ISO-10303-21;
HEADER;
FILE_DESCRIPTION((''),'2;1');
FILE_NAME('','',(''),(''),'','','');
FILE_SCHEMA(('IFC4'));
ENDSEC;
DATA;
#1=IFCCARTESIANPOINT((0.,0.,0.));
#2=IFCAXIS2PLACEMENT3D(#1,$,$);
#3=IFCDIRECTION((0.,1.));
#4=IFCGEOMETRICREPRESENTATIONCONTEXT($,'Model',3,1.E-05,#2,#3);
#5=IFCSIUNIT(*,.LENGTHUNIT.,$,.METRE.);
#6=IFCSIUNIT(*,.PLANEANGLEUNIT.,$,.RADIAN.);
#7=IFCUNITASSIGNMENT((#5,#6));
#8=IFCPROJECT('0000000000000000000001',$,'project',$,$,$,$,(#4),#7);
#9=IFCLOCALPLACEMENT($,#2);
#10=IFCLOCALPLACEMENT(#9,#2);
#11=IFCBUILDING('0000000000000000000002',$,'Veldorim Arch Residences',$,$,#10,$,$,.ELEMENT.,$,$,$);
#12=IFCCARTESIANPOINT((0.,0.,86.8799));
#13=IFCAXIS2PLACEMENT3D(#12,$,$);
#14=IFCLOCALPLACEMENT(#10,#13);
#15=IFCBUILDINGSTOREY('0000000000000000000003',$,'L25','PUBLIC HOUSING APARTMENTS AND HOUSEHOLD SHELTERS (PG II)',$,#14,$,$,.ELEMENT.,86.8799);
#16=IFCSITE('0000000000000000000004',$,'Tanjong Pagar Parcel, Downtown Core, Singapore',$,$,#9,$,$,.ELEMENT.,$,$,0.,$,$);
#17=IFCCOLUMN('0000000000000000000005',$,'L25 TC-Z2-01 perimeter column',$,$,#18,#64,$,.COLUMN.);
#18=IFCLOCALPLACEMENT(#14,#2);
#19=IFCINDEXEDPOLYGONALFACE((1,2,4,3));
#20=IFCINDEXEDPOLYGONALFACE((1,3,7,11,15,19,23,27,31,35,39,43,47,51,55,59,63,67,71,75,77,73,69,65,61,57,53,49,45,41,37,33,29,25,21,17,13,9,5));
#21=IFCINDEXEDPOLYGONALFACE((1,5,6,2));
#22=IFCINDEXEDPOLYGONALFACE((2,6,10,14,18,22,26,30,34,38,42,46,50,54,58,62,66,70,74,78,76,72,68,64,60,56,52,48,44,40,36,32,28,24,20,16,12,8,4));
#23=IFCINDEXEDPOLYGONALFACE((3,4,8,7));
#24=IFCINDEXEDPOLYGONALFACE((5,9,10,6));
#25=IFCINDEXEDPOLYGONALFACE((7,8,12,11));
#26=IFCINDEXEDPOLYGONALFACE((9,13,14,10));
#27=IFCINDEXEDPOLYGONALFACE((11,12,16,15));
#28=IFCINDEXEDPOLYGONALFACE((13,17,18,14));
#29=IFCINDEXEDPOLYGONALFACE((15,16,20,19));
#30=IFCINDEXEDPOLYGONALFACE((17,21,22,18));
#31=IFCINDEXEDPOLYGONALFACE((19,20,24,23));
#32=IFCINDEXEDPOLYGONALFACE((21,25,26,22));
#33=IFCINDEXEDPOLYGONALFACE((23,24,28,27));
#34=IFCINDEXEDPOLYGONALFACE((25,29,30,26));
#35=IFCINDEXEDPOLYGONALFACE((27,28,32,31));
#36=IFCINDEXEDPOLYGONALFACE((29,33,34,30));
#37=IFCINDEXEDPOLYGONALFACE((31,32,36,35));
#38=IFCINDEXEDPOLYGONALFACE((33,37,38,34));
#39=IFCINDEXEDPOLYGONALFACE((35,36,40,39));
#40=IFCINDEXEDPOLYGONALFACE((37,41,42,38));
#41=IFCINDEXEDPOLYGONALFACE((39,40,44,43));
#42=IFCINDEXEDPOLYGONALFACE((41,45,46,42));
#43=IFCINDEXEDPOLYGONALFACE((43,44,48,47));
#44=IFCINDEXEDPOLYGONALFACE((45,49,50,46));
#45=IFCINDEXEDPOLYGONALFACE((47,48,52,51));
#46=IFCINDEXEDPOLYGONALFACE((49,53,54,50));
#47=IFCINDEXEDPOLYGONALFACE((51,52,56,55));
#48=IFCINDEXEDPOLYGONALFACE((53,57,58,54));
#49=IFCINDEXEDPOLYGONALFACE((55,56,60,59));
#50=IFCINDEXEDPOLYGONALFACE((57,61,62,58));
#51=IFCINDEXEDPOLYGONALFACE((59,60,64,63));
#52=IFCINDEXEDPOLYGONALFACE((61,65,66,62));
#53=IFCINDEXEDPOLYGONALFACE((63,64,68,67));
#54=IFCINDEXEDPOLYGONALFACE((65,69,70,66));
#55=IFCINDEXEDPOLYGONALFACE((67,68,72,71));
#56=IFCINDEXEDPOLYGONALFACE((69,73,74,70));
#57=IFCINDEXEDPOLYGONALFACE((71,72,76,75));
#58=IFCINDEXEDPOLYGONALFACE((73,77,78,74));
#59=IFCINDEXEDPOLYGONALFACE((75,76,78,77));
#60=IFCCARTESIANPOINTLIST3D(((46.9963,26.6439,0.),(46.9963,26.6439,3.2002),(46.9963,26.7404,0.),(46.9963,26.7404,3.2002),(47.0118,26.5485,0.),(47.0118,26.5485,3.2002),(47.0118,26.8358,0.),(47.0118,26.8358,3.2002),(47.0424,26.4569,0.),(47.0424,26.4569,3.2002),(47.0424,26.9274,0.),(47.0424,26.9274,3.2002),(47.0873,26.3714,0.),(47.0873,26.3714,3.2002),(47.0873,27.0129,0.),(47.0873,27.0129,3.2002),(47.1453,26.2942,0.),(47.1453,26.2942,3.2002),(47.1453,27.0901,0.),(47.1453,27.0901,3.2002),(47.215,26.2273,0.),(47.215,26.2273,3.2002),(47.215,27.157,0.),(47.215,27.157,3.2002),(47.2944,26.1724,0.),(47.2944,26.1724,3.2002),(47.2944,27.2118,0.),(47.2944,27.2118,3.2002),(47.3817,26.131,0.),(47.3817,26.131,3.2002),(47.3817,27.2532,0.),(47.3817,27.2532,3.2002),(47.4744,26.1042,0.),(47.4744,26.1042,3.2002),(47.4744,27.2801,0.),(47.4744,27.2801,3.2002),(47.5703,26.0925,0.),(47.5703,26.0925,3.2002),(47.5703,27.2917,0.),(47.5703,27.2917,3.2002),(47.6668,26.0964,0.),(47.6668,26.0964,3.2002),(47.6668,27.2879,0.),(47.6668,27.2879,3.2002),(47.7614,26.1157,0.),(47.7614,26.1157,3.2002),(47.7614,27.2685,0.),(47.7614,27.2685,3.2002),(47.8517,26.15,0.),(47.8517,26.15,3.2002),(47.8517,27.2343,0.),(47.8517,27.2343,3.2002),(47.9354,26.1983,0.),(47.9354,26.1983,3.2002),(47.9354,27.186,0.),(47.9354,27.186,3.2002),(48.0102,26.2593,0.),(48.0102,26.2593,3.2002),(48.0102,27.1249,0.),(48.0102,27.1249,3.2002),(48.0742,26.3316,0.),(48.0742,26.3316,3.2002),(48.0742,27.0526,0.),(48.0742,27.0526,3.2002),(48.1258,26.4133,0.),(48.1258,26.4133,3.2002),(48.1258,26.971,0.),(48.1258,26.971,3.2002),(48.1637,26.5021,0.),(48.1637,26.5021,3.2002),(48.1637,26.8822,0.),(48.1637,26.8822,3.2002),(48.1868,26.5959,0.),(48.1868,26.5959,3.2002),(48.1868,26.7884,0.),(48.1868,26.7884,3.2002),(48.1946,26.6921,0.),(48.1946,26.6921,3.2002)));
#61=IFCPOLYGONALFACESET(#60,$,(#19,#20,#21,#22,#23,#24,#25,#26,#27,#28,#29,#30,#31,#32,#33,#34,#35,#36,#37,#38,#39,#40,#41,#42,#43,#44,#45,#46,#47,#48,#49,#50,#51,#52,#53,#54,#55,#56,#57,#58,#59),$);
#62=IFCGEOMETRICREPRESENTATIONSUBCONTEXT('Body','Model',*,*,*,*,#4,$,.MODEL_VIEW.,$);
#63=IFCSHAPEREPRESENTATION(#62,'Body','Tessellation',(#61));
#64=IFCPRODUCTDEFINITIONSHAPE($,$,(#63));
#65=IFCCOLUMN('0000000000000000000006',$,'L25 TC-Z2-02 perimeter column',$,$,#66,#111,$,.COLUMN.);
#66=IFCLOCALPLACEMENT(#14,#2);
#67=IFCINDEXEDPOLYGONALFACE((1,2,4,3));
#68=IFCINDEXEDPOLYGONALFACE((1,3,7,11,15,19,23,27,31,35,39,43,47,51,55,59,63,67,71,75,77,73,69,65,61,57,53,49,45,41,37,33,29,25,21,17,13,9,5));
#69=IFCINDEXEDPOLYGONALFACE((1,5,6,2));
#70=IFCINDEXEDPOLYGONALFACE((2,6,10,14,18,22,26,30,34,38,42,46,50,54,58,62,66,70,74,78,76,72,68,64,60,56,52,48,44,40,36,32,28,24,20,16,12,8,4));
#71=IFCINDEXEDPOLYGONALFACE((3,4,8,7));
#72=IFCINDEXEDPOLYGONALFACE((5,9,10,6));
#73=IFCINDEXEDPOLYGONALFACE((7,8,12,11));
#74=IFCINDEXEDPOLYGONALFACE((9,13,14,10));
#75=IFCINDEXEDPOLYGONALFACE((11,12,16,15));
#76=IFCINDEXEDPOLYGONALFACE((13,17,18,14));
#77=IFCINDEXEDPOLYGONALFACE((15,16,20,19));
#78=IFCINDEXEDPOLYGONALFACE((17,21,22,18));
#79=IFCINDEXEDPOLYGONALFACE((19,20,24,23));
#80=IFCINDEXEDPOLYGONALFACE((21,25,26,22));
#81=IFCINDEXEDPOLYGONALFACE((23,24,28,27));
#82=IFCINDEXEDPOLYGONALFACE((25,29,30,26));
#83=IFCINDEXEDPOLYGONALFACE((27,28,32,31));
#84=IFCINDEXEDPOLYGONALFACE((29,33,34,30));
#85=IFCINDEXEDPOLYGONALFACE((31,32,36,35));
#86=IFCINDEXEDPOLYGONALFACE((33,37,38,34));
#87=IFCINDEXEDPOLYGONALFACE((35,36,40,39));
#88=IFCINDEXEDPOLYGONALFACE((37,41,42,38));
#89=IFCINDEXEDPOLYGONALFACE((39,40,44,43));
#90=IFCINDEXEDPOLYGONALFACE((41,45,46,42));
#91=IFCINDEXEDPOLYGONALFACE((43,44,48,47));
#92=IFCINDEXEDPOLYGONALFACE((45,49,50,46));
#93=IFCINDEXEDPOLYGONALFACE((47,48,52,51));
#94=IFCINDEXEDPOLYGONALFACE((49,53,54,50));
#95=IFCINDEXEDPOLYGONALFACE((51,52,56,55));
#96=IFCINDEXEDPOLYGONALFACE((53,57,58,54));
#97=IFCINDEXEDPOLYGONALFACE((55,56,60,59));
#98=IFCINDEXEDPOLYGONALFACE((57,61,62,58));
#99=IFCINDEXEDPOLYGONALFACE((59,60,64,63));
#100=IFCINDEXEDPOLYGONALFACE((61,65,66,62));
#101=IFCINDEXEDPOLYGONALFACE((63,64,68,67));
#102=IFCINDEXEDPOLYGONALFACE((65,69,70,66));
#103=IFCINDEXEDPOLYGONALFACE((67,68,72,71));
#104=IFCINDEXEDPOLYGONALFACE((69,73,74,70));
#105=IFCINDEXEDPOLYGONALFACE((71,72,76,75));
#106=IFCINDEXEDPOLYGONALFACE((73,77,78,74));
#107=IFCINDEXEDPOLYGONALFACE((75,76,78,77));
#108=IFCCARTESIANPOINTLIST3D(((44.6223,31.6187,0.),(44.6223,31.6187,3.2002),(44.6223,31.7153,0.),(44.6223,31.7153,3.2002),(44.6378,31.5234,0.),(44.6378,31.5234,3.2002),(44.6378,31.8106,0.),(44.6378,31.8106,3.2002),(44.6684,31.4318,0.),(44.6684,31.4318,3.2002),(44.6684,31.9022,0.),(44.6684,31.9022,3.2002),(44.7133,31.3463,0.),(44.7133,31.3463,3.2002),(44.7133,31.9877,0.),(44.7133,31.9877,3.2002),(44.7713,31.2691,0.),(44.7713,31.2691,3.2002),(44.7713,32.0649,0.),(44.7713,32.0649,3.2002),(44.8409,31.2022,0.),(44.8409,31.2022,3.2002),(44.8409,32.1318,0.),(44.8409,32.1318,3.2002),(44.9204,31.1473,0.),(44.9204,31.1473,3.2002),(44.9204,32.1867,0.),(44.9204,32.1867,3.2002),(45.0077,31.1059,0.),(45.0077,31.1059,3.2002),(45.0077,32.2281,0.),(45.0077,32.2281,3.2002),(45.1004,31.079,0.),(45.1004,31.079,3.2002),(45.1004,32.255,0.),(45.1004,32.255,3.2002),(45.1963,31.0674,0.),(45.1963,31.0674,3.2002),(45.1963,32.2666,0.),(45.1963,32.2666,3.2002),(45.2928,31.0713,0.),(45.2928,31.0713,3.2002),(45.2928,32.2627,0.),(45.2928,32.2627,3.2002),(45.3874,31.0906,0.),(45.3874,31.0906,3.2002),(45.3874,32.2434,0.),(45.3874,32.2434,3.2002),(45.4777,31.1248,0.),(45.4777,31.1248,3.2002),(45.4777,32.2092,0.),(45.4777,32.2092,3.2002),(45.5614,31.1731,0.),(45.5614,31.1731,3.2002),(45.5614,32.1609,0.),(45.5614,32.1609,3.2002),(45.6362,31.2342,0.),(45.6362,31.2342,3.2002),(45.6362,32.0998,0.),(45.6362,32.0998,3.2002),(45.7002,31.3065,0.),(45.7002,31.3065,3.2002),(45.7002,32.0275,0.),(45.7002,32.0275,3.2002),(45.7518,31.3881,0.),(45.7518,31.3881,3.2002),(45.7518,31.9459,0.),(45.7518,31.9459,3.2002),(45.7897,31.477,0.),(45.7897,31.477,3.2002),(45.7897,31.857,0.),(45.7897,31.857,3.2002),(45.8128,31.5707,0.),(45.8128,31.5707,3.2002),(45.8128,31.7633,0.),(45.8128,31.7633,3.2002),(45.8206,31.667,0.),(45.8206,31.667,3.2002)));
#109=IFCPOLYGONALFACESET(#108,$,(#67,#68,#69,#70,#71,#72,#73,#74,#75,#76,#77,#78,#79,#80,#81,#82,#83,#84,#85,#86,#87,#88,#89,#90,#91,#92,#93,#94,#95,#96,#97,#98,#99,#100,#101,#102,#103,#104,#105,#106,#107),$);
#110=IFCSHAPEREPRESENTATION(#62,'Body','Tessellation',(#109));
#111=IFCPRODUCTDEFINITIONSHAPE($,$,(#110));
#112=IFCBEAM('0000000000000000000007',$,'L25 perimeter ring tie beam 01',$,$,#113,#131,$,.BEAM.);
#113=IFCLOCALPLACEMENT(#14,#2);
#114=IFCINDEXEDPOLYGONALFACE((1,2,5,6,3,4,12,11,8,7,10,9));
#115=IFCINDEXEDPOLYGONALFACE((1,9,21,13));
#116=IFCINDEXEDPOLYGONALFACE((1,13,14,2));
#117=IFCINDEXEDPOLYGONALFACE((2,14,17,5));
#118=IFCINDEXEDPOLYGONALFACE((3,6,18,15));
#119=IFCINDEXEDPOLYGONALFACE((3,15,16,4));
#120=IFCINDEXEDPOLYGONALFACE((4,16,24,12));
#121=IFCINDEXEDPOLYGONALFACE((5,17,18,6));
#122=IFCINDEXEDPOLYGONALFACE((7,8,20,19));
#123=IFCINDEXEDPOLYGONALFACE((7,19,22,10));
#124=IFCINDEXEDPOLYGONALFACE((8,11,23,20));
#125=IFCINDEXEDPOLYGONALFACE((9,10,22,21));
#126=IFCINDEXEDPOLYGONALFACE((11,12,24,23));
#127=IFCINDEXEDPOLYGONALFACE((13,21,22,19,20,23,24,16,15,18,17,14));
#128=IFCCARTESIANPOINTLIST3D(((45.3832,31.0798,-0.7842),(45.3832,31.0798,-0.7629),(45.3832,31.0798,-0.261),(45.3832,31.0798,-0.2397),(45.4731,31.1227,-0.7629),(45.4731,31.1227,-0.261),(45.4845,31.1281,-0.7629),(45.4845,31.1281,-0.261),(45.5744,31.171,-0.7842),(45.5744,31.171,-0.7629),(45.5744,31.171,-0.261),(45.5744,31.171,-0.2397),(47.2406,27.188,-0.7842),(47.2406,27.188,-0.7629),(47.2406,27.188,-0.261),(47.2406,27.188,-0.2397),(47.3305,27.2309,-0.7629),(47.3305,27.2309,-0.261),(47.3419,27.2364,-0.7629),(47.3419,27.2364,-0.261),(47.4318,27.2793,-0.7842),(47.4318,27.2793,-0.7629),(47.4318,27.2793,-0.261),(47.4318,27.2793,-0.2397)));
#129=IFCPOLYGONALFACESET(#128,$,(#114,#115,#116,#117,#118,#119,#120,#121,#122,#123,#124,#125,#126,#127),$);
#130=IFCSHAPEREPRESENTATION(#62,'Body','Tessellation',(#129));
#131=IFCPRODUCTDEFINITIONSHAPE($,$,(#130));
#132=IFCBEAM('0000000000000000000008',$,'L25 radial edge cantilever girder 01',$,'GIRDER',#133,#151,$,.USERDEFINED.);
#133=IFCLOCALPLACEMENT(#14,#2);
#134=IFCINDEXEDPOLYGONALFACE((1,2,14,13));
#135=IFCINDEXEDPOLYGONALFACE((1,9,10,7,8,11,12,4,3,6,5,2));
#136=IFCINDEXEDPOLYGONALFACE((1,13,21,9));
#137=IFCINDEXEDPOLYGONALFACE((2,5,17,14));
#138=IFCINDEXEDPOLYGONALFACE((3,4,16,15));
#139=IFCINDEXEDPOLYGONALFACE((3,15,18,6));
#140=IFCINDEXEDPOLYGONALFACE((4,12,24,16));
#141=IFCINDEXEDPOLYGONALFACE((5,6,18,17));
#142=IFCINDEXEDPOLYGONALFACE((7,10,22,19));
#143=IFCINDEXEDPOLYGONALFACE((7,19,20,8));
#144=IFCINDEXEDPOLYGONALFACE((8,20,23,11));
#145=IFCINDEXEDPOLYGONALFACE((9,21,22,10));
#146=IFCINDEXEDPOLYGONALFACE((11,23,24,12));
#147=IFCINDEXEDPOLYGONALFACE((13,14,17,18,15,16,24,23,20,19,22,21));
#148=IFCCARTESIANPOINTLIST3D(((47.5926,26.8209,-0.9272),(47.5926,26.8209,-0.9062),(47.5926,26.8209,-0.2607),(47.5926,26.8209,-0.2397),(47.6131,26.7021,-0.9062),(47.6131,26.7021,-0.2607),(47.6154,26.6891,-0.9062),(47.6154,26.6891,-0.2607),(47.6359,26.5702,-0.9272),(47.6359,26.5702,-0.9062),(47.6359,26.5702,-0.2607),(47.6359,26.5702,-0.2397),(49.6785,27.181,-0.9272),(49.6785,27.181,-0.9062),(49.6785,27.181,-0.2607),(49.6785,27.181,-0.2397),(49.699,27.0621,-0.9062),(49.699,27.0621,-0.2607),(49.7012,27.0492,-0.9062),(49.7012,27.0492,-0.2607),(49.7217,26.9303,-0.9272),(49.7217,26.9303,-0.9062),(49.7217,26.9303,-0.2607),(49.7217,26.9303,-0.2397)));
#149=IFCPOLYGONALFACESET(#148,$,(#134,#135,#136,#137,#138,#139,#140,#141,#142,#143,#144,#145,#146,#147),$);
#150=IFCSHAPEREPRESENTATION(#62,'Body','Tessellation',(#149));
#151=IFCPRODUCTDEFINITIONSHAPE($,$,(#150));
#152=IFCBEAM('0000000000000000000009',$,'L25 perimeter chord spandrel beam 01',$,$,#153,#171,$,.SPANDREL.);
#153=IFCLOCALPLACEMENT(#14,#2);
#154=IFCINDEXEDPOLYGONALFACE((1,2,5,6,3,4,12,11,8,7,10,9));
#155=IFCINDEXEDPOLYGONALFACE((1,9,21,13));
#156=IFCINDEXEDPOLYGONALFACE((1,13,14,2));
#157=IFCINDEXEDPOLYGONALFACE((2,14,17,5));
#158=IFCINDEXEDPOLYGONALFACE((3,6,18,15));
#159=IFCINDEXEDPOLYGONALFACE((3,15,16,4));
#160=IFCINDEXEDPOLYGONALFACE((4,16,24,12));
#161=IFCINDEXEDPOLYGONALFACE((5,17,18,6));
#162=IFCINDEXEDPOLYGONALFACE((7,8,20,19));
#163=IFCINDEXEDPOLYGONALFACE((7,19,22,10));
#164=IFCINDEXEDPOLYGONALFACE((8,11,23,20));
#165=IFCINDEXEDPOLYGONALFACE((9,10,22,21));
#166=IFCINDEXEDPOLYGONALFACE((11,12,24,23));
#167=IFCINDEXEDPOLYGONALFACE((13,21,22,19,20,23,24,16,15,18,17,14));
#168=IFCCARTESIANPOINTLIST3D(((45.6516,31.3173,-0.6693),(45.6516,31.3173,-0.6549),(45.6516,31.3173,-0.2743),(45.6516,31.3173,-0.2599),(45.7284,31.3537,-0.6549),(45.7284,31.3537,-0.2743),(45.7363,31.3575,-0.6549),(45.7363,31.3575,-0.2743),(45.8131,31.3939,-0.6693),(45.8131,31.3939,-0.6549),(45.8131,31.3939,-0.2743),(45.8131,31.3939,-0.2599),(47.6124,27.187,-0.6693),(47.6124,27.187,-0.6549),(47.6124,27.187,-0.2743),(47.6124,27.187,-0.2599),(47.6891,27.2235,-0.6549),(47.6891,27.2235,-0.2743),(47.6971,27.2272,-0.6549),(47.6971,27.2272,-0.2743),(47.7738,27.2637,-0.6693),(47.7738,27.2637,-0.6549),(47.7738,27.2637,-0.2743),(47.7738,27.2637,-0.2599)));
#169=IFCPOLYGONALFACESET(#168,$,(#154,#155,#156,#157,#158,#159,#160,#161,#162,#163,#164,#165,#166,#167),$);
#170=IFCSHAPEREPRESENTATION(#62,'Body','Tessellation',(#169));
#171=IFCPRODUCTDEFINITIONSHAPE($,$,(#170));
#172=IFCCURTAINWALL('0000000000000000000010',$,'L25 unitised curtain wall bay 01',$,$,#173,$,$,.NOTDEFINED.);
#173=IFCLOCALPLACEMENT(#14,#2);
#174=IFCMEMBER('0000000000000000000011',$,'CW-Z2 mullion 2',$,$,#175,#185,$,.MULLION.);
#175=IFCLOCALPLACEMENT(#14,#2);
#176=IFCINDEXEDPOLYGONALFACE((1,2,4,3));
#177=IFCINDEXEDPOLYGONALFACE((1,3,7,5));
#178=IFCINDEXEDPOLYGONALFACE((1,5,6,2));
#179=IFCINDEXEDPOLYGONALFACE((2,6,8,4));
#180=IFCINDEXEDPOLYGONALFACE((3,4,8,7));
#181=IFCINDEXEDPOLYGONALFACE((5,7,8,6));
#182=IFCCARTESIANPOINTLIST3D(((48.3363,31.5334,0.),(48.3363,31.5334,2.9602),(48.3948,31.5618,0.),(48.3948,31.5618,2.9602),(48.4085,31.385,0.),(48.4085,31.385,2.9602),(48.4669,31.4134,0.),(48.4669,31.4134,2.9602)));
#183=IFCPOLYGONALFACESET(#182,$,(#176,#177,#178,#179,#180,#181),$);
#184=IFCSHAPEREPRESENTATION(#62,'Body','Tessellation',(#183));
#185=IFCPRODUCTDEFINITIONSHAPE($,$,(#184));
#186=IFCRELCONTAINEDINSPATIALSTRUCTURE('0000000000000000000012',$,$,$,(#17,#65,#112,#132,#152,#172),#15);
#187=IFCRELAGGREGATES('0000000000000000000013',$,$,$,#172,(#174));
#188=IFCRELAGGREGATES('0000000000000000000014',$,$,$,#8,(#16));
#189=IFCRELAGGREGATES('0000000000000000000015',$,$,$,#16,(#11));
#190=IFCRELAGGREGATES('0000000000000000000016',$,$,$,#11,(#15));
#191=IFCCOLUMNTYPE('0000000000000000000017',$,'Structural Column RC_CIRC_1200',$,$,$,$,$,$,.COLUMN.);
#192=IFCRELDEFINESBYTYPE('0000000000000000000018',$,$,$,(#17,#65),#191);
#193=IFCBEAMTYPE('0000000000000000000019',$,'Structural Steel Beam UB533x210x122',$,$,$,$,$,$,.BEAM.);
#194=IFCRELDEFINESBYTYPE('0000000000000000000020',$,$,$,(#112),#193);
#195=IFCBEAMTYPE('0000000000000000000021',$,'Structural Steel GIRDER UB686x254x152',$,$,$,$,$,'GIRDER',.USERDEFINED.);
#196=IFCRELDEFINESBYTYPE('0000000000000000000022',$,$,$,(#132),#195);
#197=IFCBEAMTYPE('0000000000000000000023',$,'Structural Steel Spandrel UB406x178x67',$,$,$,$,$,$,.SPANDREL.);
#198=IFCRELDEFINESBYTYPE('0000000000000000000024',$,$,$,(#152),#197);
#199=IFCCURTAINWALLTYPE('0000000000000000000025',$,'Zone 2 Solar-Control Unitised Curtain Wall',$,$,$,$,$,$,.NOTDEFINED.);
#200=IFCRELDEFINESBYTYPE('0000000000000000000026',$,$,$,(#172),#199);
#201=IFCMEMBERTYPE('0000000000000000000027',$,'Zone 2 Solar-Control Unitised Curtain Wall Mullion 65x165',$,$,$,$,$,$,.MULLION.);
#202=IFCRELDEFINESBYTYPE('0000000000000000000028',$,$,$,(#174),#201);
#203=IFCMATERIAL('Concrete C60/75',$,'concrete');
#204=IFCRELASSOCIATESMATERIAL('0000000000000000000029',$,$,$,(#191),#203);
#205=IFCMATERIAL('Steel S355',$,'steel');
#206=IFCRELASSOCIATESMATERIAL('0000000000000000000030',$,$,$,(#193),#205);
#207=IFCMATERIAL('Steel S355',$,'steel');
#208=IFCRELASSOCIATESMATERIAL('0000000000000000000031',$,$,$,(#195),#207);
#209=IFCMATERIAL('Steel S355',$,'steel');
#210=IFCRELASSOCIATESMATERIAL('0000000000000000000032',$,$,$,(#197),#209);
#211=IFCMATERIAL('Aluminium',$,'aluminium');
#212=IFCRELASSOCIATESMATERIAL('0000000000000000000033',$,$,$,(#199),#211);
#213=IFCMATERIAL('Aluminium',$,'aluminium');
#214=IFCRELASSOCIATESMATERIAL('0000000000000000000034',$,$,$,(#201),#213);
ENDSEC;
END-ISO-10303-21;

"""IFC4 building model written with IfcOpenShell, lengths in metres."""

from ifc_helpers import new_model, si_unit, direction, frame, origin, origin_2d, place, context, subcontext, project, spatial, rectangle, circle, i_section, extrude, material, material_profile, profile_set, type_object, element, aggregate, save


model = new_model("IFC4")

# Units and contexts
model_context = context("Model", 3, precision=1e-05, world=origin(), true_north=direction((0.0, 1.0)))
body_context = subcontext(model_context, "Body", "Model", "MODEL_VIEW")
ifc_project = project(units=[si_unit("LENGTHUNIT", "METRE"), si_unit("PLANEANGLEUNIT", "RADIAN")], contexts=[model_context])

# Site, building, storey
site_placement = place(None, origin())
site = spatial("IfcSite", under=ifc_project, at=site_placement, Name="Tanjong Pagar Parcel, Downtown Core, Singapore", CompositionType="ELEMENT", RefElevation=0.0)
building_placement = place(site_placement, origin())
building = spatial("IfcBuilding", under=site, at=building_placement, Name="Veldorim Arch Residences", CompositionType="ELEMENT")
storey_placement = place(building_placement, frame((0.0, 0.0, 86.8799)))
storey = spatial("IfcBuildingStorey", under=building, at=storey_placement, Name="L25", Description="PUBLIC HOUSING APARTMENTS AND HOUSEHOLD SHELTERS (PG II)", CompositionType="ELEMENT", Elevation=86.8799)

# Columns
ifc_material_1 = material(Name="Concrete C60/75", Category="concrete")
ifc_material_profile_1 = material_profile(ifc_material_1, circle(Radius=0.6001, at=origin_2d()), Name="RC_CIRC_1200")
ifc_profile_set_1 = profile_set([ifc_material_profile_1], Name="Concrete C60/75")
column_type = type_object("IfcColumnType", Name="Structural Column RC_CIRC_1200", PredefinedType="COLUMN", material=ifc_profile_set_1)
for number, where, z_axis, x_axis, name in (
    (1, (47.5945, 26.6921, 0.0), (0.0, 0.0, 1.0), (1.0, 0.0, 0.0), "L25 TC-Z2-01 perimeter column"),
    (2, (45.2205, 31.667, 0.0), (0.0, 0.0, 1.0), (1.0, 0.0, 0.0), "L25 TC-Z2-02 perimeter column"),
):
    element("IfcColumn", number, at=place(storey_placement, frame(where, z_axis=z_axis, x_axis=x_axis)), inside=storey, type_object=column_type, Name=name, PredefinedType="COLUMN", context=body_context, shape_type="SweptSolid", body=[
        extrude(circle(Radius=0.6001, at=origin_2d()), origin(), (0.0, 0.0, 1.0), 3.2002),
    ])

# Beams
ifc_material_2 = material(Name="Steel S355", Category="steel")
ifc_material_profile_2 = material_profile(ifc_material_2, i_section(OverallWidth=0.2119, OverallDepth=0.5444, WebThickness=0.0127, FlangeThickness=0.0212, at=origin_2d()), Name="UB533x210x122")
ifc_profile_set_2 = profile_set([ifc_material_profile_2], Name="Steel S355")
beam_type_1 = type_object("IfcBeamType", Name="Structural Steel Beam UB533x210x122", PredefinedType="BEAM", material=ifc_profile_set_2)
beam_1_placement = place(storey_placement, frame((47.3362, 27.2336, -0.512), z_axis=(-0.43072, 0.902486, 0.0), x_axis=(-0.902486, -0.43072, 0.0)))
element("IfcBeam", 3, at=beam_1_placement, inside=storey, type_object=beam_type_1, Name="L25 perimeter ring tie beam 01", PredefinedType="BEAM", context=body_context, shape_type="SweptSolid", body=[
    extrude(i_section(OverallWidth=0.2119, OverallDepth=0.5444, WebThickness=0.0127, FlangeThickness=0.0212, at=origin_2d()), origin(), (0.0, 0.0, 1.0), 4.3123),
])
ifc_material_3 = material(Name="Steel S355", Category="steel")
ifc_material_profile_3 = material_profile(ifc_material_3, i_section(OverallWidth=0.2544, OverallDepth=0.6875, WebThickness=0.0132, FlangeThickness=0.021, at=origin_2d()), Name="UB686x254x152")
ifc_profile_set_3 = profile_set([ifc_material_profile_3], Name="Steel S355")
beam_type_2 = type_object("IfcBeamType", Name="Structural Steel GIRDER UB686x254x152", ElementType="GIRDER", PredefinedType="USERDEFINED", material=ifc_profile_set_3)
beam_2_placement = place(storey_placement, frame((47.6143, 26.6956, -0.5835), z_axis=(0.985423, 0.170119, 0.0), x_axis=(-0.170119, 0.985423, 0.0)))
element("IfcBeam", 4, at=beam_2_placement, inside=storey, type_object=beam_type_2, Name="L25 radial edge cantilever girder 01", ObjectType="GIRDER", PredefinedType="USERDEFINED", context=body_context, shape_type="SweptSolid", body=[
    extrude(i_section(OverallWidth=0.2544, OverallDepth=0.6875, WebThickness=0.0132, FlangeThickness=0.021, at=origin_2d()), origin(), (0.0, 0.0, 1.0), 2.1167),
])
ifc_material_4 = material(Name="Steel S355", Category="steel")
ifc_material_profile_4 = material_profile(ifc_material_4, i_section(OverallWidth=0.1787, OverallDepth=0.4094, WebThickness=0.0088, FlangeThickness=0.0144, at=origin_2d()), Name="UB406x178x67")
ifc_profile_set_4 = profile_set([ifc_material_profile_4], Name="Steel S355")
beam_type_3 = type_object("IfcBeamType", Name="Structural Steel Spandrel UB406x178x67", PredefinedType="SPANDREL", material=ifc_profile_set_4)
beam_3_placement = place(storey_placement, frame((47.6931, 27.2253, -0.4646), z_axis=(-0.428857, 0.903372, 0.0), x_axis=(-0.903372, -0.428857, 0.0)))
element("IfcBeam", 5, at=beam_3_placement, inside=storey, type_object=beam_type_3, Name="L25 perimeter chord spandrel beam 01", PredefinedType="SPANDREL", context=body_context, shape_type="SweptSolid", body=[
    extrude(i_section(OverallWidth=0.1787, OverallDepth=0.4094, WebThickness=0.0088, FlangeThickness=0.0144, at=origin_2d()), origin(), (0.0, 0.0, 1.0), 4.572),
])

# Curtain wall, member
ifc_material_5 = material(Name="Aluminium", Category="aluminium")
curtain_wall_type = type_object("IfcCurtainWallType", Name="Zone 2 Solar-Control Unitised Curtain Wall", PredefinedType="NOTDEFINED", material=ifc_material_5)
curtain_wall_1_placement = place(storey_placement, origin())
curtain_wall_1 = element("IfcCurtainWall", 6, at=curtain_wall_1_placement, inside=storey, type_object=curtain_wall_type, Name="L25 unitised curtain wall bay 01", PredefinedType="NOTDEFINED")
ifc_material_6 = material(Name="Aluminium", Category="aluminium")
ifc_material_profile_5 = material_profile(ifc_material_6, rectangle(XDim=0.0649, YDim=0.165, at=origin_2d()), Name="ALU_MUL_65x165")
ifc_profile_set_5 = profile_set([ifc_material_profile_5], Name="Aluminium")
member_type_1 = type_object("IfcMemberType", Name="Zone 2 Solar-Control Unitised Curtain Wall Mullion 65x165", PredefinedType="MULLION", material=ifc_profile_set_5)
member_1_placement = place(storey_placement, frame((48.4016, 31.4734, 0.0), z_axis=(0.0, 0.0, 1.0), x_axis=(0.899439, 0.437046, 0.0)))
member_1 = element("IfcMember", 7, at=member_1_placement, type_object=member_type_1, Name="CW-Z2 mullion 2", PredefinedType="MULLION", context=body_context, shape_type="SweptSolid", body=[
    extrude(rectangle(XDim=0.0649, YDim=0.165, at=origin_2d()), origin(), (0.0, 0.0, 1.0), 2.9602),
])

aggregate(curtain_wall_1, [member_1])

save(model, "model.ifc")
